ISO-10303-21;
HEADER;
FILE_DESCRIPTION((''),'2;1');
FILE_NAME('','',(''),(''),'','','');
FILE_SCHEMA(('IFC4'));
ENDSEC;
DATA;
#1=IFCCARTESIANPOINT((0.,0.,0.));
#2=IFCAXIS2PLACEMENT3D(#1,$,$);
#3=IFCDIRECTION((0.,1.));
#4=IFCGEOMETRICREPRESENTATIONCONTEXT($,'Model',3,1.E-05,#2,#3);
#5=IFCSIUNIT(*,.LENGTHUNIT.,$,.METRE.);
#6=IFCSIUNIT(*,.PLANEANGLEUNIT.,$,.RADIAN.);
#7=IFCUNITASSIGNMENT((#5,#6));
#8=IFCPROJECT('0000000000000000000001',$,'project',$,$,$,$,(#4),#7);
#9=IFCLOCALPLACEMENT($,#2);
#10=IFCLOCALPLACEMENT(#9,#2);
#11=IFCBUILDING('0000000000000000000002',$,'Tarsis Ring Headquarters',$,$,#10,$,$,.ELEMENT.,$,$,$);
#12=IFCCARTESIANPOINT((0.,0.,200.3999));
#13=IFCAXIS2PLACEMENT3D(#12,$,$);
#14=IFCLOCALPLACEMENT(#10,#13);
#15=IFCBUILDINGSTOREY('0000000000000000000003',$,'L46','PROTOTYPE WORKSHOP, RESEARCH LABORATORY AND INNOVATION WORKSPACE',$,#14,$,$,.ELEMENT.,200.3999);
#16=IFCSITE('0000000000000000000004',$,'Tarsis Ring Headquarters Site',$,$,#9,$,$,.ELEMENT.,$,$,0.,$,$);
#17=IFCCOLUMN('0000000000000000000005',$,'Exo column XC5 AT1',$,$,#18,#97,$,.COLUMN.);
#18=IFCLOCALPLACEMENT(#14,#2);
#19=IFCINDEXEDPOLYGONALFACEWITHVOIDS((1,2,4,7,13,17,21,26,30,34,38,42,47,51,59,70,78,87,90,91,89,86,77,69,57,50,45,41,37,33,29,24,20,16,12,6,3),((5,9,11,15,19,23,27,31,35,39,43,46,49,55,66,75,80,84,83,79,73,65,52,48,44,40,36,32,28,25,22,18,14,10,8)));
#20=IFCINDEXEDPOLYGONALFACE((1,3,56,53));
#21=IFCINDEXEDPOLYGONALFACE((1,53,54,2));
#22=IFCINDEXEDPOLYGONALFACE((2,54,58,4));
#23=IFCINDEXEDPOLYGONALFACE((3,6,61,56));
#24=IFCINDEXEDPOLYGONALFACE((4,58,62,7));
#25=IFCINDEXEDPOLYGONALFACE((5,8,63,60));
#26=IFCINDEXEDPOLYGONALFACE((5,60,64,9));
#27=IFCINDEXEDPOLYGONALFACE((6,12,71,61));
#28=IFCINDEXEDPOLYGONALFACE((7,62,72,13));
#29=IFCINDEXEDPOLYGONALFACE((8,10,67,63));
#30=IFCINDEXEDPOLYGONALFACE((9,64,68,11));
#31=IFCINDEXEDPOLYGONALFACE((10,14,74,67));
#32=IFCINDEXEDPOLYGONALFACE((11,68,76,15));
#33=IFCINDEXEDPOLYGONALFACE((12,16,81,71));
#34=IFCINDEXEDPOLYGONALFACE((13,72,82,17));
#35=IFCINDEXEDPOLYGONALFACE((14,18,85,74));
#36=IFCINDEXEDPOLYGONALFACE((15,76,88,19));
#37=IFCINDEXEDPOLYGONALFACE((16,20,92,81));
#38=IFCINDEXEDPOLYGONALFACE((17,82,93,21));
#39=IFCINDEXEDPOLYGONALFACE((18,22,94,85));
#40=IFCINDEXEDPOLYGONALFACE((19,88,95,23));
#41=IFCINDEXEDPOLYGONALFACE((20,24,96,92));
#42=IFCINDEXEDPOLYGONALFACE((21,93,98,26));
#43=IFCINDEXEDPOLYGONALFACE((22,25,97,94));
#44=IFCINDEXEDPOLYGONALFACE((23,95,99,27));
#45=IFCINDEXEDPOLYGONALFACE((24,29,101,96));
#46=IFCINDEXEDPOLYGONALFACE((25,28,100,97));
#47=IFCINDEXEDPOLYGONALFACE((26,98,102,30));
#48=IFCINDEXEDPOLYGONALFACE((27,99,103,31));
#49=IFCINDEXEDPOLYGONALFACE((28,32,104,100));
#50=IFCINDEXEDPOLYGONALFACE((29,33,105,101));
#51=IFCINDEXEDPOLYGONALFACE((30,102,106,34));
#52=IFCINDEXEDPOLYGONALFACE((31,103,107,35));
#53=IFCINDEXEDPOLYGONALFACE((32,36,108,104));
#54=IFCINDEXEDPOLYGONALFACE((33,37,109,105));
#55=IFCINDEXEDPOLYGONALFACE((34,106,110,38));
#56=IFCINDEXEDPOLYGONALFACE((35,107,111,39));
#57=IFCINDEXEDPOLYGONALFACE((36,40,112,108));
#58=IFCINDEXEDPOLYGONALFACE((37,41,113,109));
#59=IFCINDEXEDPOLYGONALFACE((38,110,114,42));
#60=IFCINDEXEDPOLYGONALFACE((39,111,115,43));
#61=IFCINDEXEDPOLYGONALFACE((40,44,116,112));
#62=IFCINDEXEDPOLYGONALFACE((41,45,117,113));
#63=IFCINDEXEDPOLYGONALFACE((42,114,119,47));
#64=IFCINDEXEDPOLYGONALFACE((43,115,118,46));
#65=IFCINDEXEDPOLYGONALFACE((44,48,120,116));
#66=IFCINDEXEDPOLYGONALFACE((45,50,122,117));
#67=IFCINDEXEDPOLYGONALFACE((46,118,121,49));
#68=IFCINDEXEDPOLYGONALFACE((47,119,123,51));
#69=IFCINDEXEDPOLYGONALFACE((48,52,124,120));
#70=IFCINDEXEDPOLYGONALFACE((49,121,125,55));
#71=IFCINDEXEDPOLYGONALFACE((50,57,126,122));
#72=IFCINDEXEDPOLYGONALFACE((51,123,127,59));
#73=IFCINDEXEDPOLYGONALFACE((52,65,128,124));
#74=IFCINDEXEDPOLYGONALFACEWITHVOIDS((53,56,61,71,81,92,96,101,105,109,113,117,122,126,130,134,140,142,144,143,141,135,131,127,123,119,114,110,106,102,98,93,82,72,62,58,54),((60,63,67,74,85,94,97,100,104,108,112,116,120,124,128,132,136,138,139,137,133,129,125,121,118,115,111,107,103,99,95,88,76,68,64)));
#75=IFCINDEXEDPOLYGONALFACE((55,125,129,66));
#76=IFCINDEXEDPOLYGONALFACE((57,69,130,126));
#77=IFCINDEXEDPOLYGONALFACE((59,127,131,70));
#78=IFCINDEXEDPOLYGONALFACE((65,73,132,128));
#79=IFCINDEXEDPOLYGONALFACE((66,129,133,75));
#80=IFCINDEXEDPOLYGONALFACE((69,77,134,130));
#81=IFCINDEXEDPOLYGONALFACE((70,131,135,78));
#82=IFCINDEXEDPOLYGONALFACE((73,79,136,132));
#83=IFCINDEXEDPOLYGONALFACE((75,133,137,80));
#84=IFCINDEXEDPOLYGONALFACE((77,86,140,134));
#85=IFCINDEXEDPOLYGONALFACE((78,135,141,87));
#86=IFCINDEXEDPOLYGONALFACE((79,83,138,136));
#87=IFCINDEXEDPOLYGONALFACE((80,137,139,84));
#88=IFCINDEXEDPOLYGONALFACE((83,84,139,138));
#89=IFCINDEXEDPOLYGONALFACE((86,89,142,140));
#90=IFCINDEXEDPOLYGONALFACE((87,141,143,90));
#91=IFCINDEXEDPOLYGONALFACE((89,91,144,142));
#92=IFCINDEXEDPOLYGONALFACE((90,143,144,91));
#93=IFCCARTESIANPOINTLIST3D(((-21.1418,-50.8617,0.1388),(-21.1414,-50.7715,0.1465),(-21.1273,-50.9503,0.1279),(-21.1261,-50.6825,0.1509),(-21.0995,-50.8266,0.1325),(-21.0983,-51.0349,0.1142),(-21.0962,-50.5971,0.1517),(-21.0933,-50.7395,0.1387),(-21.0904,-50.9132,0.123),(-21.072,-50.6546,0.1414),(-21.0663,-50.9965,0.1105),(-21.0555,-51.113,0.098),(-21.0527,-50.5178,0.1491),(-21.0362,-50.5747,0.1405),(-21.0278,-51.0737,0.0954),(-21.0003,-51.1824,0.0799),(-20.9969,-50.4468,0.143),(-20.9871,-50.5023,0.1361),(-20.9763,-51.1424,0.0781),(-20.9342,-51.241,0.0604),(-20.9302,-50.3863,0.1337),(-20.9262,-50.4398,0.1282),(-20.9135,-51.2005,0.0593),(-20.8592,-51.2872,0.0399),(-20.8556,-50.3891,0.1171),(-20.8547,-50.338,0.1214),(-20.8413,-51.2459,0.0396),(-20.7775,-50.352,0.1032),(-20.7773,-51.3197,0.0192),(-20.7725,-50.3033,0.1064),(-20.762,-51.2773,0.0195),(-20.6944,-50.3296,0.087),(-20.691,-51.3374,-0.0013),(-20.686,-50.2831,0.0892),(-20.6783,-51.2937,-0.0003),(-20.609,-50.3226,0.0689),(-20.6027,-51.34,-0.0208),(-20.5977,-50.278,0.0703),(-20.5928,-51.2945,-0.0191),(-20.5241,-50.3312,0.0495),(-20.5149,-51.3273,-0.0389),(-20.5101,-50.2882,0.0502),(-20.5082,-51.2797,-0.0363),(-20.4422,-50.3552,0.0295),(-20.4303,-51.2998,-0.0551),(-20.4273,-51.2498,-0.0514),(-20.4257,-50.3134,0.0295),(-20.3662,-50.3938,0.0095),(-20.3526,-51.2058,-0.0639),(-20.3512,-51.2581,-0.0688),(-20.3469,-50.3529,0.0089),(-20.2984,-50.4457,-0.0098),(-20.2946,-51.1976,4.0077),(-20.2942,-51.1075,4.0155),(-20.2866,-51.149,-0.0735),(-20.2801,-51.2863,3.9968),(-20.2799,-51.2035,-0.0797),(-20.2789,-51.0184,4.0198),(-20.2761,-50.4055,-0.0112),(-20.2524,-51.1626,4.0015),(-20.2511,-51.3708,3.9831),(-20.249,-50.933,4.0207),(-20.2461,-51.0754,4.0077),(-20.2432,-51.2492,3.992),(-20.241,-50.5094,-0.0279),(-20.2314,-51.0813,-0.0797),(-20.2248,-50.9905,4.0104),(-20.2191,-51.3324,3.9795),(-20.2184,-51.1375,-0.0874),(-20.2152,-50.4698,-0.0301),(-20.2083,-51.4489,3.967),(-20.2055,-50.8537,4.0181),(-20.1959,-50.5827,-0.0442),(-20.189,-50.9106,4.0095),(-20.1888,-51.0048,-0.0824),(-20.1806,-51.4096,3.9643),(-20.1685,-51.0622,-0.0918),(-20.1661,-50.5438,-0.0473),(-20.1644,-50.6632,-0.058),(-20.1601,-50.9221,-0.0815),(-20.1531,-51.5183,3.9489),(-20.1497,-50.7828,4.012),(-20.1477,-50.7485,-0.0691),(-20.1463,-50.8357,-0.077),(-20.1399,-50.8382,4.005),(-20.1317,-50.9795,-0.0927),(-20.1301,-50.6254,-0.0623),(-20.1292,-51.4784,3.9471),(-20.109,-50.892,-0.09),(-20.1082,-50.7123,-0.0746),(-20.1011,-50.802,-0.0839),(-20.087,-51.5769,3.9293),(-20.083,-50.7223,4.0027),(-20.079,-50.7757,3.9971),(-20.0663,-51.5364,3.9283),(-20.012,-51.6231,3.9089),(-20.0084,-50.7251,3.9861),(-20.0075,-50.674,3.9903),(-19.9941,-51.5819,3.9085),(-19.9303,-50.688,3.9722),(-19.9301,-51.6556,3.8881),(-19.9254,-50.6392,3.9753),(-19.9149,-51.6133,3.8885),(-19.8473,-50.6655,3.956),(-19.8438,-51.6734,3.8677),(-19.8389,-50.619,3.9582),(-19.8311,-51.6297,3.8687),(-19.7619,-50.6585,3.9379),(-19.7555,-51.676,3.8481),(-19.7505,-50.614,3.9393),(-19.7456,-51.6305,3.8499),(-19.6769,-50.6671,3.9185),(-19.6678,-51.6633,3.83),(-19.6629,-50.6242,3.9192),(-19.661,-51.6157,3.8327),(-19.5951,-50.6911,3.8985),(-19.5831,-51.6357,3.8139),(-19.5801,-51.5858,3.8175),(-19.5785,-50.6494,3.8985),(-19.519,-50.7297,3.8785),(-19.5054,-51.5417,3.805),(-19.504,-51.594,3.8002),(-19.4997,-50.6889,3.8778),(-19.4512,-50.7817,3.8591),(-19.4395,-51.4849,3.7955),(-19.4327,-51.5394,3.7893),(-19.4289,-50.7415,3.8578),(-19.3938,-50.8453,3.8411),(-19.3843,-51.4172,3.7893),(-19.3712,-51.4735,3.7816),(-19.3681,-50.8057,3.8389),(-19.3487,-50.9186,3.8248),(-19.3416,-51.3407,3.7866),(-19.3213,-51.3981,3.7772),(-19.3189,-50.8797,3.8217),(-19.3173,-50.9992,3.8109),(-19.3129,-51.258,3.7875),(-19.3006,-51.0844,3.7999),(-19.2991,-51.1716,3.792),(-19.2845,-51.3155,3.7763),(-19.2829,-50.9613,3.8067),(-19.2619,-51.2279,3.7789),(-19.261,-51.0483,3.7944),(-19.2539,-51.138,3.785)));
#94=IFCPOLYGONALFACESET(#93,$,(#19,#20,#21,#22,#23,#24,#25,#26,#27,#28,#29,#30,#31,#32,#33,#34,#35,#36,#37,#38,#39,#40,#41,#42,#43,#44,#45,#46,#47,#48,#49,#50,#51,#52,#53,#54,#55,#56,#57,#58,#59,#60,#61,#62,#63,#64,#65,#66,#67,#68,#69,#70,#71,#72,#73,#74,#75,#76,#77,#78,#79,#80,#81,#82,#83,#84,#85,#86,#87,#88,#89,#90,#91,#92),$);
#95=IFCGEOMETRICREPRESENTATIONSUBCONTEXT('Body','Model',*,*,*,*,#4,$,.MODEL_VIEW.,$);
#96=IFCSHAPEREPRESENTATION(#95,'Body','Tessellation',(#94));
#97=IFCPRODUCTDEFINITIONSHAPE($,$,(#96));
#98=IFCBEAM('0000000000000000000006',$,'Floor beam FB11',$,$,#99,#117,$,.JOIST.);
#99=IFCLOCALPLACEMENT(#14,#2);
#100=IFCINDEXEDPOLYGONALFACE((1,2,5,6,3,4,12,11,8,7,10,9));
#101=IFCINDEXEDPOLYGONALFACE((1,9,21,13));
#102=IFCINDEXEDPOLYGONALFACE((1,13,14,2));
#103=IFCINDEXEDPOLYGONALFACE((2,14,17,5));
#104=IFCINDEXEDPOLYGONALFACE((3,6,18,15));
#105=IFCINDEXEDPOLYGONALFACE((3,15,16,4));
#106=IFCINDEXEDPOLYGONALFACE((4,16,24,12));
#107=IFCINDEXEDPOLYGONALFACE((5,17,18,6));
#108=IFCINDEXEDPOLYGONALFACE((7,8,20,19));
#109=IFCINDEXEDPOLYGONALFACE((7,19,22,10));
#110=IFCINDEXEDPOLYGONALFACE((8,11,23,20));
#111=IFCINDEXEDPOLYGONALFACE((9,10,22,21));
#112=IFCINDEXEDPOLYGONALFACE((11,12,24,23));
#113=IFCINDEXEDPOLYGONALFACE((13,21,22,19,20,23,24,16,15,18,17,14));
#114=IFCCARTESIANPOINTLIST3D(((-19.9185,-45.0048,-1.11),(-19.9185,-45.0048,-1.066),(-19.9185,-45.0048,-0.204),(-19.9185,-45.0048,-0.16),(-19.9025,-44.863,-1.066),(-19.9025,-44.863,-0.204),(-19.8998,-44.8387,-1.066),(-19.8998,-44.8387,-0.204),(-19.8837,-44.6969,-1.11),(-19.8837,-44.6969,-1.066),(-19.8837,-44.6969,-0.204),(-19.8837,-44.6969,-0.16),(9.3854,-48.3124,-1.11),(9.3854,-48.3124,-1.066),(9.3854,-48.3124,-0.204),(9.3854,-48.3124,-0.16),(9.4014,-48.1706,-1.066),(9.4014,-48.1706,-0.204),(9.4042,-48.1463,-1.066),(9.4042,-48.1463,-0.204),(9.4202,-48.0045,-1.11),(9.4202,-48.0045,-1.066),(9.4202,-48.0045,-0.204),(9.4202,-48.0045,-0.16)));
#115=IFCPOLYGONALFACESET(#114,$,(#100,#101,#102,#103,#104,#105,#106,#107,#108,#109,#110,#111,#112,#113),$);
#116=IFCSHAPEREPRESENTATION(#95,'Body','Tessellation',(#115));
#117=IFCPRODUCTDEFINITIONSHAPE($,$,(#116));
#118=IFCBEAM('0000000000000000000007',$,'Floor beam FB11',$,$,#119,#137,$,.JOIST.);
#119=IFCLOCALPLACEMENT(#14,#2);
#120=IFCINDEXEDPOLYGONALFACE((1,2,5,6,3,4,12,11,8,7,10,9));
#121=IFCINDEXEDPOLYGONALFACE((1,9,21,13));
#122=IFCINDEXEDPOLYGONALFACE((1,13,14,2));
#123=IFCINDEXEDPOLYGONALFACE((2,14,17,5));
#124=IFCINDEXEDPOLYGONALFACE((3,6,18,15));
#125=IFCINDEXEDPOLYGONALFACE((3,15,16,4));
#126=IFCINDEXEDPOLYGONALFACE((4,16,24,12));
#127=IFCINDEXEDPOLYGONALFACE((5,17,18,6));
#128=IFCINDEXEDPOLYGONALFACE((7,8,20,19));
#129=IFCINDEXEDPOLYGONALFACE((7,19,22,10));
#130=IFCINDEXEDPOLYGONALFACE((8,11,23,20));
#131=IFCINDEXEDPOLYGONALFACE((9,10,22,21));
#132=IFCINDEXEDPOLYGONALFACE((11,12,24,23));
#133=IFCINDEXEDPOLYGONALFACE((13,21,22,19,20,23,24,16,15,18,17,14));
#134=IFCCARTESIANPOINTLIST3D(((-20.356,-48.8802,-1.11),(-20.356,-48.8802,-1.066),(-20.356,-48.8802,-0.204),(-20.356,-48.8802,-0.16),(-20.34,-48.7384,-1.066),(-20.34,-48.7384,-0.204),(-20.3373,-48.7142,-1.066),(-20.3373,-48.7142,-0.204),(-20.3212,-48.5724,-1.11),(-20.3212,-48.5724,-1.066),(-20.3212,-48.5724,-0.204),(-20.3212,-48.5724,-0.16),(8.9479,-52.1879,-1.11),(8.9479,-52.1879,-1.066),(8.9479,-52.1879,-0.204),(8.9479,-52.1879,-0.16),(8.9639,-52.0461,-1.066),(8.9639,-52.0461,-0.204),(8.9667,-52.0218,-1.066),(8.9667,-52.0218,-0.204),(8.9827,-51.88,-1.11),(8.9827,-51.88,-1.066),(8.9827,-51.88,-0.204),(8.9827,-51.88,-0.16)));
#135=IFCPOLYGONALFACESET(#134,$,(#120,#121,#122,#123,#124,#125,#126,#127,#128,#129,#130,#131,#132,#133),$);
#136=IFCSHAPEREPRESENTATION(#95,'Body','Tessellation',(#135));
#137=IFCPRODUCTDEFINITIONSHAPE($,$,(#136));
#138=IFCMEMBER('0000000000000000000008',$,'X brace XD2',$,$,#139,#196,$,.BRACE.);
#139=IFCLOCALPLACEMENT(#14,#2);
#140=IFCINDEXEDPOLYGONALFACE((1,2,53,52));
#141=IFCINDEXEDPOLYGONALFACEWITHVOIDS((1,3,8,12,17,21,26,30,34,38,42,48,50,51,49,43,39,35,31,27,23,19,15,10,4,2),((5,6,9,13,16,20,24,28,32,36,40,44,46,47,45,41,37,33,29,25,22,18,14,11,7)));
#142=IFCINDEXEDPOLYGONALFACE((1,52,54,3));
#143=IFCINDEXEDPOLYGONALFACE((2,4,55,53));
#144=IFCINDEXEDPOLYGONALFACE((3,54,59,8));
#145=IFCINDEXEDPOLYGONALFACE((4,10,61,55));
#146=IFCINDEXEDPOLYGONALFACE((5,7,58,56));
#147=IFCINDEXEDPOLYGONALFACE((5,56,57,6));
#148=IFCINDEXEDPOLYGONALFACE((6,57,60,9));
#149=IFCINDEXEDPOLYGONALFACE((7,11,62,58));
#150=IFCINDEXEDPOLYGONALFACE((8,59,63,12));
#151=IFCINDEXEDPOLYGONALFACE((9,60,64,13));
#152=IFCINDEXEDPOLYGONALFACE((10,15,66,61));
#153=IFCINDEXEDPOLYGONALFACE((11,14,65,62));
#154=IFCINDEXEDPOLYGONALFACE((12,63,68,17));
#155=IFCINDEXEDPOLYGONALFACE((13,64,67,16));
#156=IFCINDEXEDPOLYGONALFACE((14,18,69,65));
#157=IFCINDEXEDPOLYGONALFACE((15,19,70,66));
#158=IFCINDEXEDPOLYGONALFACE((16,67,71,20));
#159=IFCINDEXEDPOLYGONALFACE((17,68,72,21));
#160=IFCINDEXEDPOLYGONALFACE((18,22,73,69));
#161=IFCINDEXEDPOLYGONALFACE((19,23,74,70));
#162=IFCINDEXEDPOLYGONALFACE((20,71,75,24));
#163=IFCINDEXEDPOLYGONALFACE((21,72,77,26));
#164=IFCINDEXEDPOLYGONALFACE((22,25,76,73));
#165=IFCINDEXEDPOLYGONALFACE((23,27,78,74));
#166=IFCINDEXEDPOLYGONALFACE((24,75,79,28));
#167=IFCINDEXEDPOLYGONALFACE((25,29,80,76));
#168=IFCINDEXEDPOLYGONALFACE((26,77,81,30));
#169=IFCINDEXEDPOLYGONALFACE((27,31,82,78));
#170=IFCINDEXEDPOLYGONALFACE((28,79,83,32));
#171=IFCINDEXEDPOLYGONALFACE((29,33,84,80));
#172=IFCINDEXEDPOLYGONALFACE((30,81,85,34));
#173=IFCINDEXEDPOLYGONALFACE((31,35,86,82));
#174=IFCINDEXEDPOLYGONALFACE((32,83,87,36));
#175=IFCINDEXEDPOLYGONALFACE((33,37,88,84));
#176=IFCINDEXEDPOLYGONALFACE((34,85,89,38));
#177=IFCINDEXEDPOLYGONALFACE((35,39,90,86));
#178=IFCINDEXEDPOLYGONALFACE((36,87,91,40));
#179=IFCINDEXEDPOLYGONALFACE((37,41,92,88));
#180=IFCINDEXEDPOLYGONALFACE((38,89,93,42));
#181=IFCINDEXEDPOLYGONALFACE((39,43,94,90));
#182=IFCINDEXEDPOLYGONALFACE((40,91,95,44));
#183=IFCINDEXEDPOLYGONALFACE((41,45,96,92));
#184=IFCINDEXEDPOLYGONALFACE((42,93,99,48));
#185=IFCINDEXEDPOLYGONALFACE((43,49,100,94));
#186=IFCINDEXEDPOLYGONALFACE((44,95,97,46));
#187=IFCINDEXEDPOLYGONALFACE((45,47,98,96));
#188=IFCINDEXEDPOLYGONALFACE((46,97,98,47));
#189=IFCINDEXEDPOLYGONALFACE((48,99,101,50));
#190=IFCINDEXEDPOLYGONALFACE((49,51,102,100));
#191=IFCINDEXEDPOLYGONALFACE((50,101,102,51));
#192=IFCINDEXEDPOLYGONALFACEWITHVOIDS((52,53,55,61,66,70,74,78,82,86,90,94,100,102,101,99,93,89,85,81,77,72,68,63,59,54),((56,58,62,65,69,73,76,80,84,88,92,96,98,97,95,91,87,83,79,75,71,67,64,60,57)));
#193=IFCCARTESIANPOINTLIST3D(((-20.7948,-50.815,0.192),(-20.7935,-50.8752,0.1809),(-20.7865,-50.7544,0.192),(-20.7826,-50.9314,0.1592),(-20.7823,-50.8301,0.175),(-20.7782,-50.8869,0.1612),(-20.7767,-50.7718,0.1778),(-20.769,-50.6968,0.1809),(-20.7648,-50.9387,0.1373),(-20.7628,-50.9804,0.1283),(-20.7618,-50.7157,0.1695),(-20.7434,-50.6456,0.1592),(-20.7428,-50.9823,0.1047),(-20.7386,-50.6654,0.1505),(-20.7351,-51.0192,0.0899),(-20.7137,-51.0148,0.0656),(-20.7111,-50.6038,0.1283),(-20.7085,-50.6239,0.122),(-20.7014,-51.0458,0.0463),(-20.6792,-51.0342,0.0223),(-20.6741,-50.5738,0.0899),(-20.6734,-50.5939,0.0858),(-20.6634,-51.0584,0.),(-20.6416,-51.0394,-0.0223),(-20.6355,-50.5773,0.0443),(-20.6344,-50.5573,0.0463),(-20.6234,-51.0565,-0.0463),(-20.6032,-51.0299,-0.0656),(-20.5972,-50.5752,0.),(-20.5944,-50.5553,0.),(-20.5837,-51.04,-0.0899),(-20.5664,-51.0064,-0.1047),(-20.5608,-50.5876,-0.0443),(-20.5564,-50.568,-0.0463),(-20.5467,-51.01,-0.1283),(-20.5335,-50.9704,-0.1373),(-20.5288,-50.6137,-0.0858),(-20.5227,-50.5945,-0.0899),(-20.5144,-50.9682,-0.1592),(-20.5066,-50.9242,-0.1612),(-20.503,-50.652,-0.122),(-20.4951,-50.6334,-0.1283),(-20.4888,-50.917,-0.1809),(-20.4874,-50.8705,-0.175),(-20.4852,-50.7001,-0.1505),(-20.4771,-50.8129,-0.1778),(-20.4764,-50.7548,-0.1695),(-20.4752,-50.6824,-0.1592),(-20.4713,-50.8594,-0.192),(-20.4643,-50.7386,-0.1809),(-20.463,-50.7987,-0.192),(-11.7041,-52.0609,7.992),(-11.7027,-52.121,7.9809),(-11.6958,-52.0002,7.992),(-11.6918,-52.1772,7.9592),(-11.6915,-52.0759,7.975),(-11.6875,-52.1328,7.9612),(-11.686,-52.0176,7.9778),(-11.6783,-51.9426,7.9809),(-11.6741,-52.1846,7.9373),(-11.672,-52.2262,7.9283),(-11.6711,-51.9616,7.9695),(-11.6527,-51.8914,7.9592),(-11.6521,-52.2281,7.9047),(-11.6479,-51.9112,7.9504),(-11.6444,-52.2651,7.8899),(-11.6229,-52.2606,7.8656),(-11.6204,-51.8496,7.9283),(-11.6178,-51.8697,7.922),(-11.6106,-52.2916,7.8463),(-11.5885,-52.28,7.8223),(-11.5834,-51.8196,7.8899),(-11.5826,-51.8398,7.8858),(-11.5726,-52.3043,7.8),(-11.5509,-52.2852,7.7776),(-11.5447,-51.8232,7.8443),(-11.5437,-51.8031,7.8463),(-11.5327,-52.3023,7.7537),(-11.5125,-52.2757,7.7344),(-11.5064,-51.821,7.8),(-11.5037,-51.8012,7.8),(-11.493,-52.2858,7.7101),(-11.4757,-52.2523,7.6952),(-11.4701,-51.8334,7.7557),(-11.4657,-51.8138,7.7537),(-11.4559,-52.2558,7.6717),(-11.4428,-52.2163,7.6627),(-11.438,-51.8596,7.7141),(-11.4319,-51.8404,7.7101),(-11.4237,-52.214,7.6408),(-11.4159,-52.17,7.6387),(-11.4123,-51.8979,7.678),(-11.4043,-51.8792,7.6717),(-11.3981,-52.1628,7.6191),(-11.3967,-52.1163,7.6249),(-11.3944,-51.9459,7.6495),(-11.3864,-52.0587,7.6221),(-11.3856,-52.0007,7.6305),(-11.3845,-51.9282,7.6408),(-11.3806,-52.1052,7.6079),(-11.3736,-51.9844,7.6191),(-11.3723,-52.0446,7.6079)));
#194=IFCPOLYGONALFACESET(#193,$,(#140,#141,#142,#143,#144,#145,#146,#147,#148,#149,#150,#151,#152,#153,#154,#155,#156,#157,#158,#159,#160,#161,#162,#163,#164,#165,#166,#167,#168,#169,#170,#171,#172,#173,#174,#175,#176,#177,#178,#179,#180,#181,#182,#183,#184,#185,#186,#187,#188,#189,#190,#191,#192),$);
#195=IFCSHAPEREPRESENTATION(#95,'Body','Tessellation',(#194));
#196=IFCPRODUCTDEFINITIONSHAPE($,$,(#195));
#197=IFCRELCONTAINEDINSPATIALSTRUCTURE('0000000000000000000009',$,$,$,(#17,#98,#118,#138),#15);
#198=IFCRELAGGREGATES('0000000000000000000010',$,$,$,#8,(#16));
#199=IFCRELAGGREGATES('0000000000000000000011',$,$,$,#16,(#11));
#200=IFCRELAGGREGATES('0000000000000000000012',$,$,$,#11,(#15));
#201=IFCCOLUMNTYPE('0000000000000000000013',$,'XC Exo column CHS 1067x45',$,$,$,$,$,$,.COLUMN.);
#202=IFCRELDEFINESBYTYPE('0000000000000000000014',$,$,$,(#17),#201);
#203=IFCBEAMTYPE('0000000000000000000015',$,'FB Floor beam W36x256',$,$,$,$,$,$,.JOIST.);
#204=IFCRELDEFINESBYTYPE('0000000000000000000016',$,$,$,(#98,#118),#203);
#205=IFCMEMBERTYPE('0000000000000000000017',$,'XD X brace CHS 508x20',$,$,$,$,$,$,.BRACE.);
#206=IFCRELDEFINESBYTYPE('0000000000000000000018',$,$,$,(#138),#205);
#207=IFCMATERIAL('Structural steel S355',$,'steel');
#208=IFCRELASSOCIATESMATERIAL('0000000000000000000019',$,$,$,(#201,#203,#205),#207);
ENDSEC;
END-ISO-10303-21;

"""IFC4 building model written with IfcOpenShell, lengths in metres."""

from ifc_helpers import new_model, si_unit, direction, frame, origin, origin_2d, place, context, subcontext, project, spatial, hollow_circle, i_section, extrude, material, material_profile, profile_set, type_object, element, save


model = new_model("IFC4")

# Units and contexts
model_context = context("Model", 3, precision=1e-05, world=origin(), true_north=direction((0.0, 1.0)))
body_context = subcontext(model_context, "Body", "Model", "MODEL_VIEW")
ifc_project = project(units=[si_unit("LENGTHUNIT", "METRE"), si_unit("PLANEANGLEUNIT", "RADIAN")], contexts=[model_context])

# Site, building, storey
site_placement = place(None, origin())
site = spatial("IfcSite", under=ifc_project, at=site_placement, Name="Tarsis Ring Headquarters Site", CompositionType="ELEMENT", RefElevation=0.0)
building_placement = place(site_placement, origin())
building = spatial("IfcBuilding", under=site, at=building_placement, Name="Tarsis Ring Headquarters", CompositionType="ELEMENT")
storey_placement = place(building_placement, frame((0.0, 0.0, 200.3999)))
storey = spatial("IfcBuildingStorey", under=building, at=storey_placement, Name="L46", Description="PROTOTYPE WORKSHOP, RESEARCH LABORATORY AND INNOVATION WORKSPACE", CompositionType="ELEMENT", Elevation=200.3999)

# Column
ifc_material_1 = material(Name="Structural steel S355", Category="steel")
ifc_material_profile_1 = material_profile(ifc_material_1, hollow_circle(Radius=0.5334, WallThickness=0.0449, at=origin_2d()), Name="CHS 1067x45")
ifc_profile_set_1 = profile_set([ifc_material_profile_1], Name="Structural steel S355")
column_type = type_object("IfcColumnType", Name="XC Exo column CHS 1067x45", PredefinedType="COLUMN", material=ifc_profile_set_1)
column_placement = place(storey_placement, frame((-20.6223, -50.8093, 0.0295), z_axis=(0.213136, -0.084517, 0.97336), x_axis=(0.368618, 0.929581, 0.0)))
element("IfcColumn", 1, at=column_placement, inside=storey, type_object=column_type, Name="Exo column XC5 AT1", PredefinedType="COLUMN", context=body_context, shape_type="SweptSolid", body=[
    extrude(hollow_circle(Radius=0.5334, WallThickness=0.0449, at=origin_2d()), origin(), (0.0, 0.0, 1.0), 3.9749),
])

# Beams
ifc_material_profile_2 = material_profile(ifc_material_1, i_section(OverallWidth=0.3098, OverallDepth=0.95, WebThickness=0.0244, FlangeThickness=0.0439, at=origin_2d()), Name="W36x256")
ifc_profile_set_2 = profile_set([ifc_material_profile_2], Name="Structural steel S355")
beam_type_1 = type_object("IfcBeamType", Name="FB Floor beam W36x256", PredefinedType="JOIST", material=ifc_profile_set_2)
for number, where, z_axis, x_axis, name in (
    (2, (-19.9011, -44.8508, -0.635), (0.99369, -0.112161, 0.0), (0.112161, 0.99369, 0.0), "Floor beam FB11"),
    (3, (-20.3386, -48.7263, -0.635), (0.99369, -0.112161, 0.0), (0.112161, 0.99369, 0.0), "Floor beam FB11"),
):
    element("IfcBeam", number, at=place(storey_placement, frame(where, z_axis=z_axis, x_axis=x_axis)), inside=storey, type_object=beam_type_1, Name=name, PredefinedType="JOIST", context=body_context, shape_type="SweptSolid", body=[
        extrude(i_section(OverallWidth=0.3098, OverallDepth=0.95, WebThickness=0.0244, FlangeThickness=0.0439, at=origin_2d()), origin(), (0.0, 0.0, 1.0), 29.49),
    ])

# Member
ifc_material_profile_3 = material_profile(ifc_material_1, hollow_circle(Radius=0.2539, WallThickness=0.02, at=origin_2d()), Name="CHS 508x20")
ifc_profile_set_3 = profile_set([ifc_material_profile_3], Name="Structural steel S355")
member_type = type_object("IfcMemberType", Name="XD X brace CHS 508x20", PredefinedType="BRACE", material=ifc_profile_set_3)
member_placement = place(storey_placement, frame((-20.6289, -50.8069, 0.0), z_axis=(0.754858, -0.103449, 0.647679), x_axis=(0.135776, 0.99074, 0.0)))
element("IfcMember", 4, at=member_placement, inside=storey, type_object=member_type, Name="X brace XD2", PredefinedType="BRACE", context=body_context, shape_type="SweptSolid", body=[
    extrude(hollow_circle(Radius=0.2539, WallThickness=0.02, at=origin_2d()), origin(), (0.0, 0.0, 1.0), 12.043),
])

save(model, "model.ifc")
